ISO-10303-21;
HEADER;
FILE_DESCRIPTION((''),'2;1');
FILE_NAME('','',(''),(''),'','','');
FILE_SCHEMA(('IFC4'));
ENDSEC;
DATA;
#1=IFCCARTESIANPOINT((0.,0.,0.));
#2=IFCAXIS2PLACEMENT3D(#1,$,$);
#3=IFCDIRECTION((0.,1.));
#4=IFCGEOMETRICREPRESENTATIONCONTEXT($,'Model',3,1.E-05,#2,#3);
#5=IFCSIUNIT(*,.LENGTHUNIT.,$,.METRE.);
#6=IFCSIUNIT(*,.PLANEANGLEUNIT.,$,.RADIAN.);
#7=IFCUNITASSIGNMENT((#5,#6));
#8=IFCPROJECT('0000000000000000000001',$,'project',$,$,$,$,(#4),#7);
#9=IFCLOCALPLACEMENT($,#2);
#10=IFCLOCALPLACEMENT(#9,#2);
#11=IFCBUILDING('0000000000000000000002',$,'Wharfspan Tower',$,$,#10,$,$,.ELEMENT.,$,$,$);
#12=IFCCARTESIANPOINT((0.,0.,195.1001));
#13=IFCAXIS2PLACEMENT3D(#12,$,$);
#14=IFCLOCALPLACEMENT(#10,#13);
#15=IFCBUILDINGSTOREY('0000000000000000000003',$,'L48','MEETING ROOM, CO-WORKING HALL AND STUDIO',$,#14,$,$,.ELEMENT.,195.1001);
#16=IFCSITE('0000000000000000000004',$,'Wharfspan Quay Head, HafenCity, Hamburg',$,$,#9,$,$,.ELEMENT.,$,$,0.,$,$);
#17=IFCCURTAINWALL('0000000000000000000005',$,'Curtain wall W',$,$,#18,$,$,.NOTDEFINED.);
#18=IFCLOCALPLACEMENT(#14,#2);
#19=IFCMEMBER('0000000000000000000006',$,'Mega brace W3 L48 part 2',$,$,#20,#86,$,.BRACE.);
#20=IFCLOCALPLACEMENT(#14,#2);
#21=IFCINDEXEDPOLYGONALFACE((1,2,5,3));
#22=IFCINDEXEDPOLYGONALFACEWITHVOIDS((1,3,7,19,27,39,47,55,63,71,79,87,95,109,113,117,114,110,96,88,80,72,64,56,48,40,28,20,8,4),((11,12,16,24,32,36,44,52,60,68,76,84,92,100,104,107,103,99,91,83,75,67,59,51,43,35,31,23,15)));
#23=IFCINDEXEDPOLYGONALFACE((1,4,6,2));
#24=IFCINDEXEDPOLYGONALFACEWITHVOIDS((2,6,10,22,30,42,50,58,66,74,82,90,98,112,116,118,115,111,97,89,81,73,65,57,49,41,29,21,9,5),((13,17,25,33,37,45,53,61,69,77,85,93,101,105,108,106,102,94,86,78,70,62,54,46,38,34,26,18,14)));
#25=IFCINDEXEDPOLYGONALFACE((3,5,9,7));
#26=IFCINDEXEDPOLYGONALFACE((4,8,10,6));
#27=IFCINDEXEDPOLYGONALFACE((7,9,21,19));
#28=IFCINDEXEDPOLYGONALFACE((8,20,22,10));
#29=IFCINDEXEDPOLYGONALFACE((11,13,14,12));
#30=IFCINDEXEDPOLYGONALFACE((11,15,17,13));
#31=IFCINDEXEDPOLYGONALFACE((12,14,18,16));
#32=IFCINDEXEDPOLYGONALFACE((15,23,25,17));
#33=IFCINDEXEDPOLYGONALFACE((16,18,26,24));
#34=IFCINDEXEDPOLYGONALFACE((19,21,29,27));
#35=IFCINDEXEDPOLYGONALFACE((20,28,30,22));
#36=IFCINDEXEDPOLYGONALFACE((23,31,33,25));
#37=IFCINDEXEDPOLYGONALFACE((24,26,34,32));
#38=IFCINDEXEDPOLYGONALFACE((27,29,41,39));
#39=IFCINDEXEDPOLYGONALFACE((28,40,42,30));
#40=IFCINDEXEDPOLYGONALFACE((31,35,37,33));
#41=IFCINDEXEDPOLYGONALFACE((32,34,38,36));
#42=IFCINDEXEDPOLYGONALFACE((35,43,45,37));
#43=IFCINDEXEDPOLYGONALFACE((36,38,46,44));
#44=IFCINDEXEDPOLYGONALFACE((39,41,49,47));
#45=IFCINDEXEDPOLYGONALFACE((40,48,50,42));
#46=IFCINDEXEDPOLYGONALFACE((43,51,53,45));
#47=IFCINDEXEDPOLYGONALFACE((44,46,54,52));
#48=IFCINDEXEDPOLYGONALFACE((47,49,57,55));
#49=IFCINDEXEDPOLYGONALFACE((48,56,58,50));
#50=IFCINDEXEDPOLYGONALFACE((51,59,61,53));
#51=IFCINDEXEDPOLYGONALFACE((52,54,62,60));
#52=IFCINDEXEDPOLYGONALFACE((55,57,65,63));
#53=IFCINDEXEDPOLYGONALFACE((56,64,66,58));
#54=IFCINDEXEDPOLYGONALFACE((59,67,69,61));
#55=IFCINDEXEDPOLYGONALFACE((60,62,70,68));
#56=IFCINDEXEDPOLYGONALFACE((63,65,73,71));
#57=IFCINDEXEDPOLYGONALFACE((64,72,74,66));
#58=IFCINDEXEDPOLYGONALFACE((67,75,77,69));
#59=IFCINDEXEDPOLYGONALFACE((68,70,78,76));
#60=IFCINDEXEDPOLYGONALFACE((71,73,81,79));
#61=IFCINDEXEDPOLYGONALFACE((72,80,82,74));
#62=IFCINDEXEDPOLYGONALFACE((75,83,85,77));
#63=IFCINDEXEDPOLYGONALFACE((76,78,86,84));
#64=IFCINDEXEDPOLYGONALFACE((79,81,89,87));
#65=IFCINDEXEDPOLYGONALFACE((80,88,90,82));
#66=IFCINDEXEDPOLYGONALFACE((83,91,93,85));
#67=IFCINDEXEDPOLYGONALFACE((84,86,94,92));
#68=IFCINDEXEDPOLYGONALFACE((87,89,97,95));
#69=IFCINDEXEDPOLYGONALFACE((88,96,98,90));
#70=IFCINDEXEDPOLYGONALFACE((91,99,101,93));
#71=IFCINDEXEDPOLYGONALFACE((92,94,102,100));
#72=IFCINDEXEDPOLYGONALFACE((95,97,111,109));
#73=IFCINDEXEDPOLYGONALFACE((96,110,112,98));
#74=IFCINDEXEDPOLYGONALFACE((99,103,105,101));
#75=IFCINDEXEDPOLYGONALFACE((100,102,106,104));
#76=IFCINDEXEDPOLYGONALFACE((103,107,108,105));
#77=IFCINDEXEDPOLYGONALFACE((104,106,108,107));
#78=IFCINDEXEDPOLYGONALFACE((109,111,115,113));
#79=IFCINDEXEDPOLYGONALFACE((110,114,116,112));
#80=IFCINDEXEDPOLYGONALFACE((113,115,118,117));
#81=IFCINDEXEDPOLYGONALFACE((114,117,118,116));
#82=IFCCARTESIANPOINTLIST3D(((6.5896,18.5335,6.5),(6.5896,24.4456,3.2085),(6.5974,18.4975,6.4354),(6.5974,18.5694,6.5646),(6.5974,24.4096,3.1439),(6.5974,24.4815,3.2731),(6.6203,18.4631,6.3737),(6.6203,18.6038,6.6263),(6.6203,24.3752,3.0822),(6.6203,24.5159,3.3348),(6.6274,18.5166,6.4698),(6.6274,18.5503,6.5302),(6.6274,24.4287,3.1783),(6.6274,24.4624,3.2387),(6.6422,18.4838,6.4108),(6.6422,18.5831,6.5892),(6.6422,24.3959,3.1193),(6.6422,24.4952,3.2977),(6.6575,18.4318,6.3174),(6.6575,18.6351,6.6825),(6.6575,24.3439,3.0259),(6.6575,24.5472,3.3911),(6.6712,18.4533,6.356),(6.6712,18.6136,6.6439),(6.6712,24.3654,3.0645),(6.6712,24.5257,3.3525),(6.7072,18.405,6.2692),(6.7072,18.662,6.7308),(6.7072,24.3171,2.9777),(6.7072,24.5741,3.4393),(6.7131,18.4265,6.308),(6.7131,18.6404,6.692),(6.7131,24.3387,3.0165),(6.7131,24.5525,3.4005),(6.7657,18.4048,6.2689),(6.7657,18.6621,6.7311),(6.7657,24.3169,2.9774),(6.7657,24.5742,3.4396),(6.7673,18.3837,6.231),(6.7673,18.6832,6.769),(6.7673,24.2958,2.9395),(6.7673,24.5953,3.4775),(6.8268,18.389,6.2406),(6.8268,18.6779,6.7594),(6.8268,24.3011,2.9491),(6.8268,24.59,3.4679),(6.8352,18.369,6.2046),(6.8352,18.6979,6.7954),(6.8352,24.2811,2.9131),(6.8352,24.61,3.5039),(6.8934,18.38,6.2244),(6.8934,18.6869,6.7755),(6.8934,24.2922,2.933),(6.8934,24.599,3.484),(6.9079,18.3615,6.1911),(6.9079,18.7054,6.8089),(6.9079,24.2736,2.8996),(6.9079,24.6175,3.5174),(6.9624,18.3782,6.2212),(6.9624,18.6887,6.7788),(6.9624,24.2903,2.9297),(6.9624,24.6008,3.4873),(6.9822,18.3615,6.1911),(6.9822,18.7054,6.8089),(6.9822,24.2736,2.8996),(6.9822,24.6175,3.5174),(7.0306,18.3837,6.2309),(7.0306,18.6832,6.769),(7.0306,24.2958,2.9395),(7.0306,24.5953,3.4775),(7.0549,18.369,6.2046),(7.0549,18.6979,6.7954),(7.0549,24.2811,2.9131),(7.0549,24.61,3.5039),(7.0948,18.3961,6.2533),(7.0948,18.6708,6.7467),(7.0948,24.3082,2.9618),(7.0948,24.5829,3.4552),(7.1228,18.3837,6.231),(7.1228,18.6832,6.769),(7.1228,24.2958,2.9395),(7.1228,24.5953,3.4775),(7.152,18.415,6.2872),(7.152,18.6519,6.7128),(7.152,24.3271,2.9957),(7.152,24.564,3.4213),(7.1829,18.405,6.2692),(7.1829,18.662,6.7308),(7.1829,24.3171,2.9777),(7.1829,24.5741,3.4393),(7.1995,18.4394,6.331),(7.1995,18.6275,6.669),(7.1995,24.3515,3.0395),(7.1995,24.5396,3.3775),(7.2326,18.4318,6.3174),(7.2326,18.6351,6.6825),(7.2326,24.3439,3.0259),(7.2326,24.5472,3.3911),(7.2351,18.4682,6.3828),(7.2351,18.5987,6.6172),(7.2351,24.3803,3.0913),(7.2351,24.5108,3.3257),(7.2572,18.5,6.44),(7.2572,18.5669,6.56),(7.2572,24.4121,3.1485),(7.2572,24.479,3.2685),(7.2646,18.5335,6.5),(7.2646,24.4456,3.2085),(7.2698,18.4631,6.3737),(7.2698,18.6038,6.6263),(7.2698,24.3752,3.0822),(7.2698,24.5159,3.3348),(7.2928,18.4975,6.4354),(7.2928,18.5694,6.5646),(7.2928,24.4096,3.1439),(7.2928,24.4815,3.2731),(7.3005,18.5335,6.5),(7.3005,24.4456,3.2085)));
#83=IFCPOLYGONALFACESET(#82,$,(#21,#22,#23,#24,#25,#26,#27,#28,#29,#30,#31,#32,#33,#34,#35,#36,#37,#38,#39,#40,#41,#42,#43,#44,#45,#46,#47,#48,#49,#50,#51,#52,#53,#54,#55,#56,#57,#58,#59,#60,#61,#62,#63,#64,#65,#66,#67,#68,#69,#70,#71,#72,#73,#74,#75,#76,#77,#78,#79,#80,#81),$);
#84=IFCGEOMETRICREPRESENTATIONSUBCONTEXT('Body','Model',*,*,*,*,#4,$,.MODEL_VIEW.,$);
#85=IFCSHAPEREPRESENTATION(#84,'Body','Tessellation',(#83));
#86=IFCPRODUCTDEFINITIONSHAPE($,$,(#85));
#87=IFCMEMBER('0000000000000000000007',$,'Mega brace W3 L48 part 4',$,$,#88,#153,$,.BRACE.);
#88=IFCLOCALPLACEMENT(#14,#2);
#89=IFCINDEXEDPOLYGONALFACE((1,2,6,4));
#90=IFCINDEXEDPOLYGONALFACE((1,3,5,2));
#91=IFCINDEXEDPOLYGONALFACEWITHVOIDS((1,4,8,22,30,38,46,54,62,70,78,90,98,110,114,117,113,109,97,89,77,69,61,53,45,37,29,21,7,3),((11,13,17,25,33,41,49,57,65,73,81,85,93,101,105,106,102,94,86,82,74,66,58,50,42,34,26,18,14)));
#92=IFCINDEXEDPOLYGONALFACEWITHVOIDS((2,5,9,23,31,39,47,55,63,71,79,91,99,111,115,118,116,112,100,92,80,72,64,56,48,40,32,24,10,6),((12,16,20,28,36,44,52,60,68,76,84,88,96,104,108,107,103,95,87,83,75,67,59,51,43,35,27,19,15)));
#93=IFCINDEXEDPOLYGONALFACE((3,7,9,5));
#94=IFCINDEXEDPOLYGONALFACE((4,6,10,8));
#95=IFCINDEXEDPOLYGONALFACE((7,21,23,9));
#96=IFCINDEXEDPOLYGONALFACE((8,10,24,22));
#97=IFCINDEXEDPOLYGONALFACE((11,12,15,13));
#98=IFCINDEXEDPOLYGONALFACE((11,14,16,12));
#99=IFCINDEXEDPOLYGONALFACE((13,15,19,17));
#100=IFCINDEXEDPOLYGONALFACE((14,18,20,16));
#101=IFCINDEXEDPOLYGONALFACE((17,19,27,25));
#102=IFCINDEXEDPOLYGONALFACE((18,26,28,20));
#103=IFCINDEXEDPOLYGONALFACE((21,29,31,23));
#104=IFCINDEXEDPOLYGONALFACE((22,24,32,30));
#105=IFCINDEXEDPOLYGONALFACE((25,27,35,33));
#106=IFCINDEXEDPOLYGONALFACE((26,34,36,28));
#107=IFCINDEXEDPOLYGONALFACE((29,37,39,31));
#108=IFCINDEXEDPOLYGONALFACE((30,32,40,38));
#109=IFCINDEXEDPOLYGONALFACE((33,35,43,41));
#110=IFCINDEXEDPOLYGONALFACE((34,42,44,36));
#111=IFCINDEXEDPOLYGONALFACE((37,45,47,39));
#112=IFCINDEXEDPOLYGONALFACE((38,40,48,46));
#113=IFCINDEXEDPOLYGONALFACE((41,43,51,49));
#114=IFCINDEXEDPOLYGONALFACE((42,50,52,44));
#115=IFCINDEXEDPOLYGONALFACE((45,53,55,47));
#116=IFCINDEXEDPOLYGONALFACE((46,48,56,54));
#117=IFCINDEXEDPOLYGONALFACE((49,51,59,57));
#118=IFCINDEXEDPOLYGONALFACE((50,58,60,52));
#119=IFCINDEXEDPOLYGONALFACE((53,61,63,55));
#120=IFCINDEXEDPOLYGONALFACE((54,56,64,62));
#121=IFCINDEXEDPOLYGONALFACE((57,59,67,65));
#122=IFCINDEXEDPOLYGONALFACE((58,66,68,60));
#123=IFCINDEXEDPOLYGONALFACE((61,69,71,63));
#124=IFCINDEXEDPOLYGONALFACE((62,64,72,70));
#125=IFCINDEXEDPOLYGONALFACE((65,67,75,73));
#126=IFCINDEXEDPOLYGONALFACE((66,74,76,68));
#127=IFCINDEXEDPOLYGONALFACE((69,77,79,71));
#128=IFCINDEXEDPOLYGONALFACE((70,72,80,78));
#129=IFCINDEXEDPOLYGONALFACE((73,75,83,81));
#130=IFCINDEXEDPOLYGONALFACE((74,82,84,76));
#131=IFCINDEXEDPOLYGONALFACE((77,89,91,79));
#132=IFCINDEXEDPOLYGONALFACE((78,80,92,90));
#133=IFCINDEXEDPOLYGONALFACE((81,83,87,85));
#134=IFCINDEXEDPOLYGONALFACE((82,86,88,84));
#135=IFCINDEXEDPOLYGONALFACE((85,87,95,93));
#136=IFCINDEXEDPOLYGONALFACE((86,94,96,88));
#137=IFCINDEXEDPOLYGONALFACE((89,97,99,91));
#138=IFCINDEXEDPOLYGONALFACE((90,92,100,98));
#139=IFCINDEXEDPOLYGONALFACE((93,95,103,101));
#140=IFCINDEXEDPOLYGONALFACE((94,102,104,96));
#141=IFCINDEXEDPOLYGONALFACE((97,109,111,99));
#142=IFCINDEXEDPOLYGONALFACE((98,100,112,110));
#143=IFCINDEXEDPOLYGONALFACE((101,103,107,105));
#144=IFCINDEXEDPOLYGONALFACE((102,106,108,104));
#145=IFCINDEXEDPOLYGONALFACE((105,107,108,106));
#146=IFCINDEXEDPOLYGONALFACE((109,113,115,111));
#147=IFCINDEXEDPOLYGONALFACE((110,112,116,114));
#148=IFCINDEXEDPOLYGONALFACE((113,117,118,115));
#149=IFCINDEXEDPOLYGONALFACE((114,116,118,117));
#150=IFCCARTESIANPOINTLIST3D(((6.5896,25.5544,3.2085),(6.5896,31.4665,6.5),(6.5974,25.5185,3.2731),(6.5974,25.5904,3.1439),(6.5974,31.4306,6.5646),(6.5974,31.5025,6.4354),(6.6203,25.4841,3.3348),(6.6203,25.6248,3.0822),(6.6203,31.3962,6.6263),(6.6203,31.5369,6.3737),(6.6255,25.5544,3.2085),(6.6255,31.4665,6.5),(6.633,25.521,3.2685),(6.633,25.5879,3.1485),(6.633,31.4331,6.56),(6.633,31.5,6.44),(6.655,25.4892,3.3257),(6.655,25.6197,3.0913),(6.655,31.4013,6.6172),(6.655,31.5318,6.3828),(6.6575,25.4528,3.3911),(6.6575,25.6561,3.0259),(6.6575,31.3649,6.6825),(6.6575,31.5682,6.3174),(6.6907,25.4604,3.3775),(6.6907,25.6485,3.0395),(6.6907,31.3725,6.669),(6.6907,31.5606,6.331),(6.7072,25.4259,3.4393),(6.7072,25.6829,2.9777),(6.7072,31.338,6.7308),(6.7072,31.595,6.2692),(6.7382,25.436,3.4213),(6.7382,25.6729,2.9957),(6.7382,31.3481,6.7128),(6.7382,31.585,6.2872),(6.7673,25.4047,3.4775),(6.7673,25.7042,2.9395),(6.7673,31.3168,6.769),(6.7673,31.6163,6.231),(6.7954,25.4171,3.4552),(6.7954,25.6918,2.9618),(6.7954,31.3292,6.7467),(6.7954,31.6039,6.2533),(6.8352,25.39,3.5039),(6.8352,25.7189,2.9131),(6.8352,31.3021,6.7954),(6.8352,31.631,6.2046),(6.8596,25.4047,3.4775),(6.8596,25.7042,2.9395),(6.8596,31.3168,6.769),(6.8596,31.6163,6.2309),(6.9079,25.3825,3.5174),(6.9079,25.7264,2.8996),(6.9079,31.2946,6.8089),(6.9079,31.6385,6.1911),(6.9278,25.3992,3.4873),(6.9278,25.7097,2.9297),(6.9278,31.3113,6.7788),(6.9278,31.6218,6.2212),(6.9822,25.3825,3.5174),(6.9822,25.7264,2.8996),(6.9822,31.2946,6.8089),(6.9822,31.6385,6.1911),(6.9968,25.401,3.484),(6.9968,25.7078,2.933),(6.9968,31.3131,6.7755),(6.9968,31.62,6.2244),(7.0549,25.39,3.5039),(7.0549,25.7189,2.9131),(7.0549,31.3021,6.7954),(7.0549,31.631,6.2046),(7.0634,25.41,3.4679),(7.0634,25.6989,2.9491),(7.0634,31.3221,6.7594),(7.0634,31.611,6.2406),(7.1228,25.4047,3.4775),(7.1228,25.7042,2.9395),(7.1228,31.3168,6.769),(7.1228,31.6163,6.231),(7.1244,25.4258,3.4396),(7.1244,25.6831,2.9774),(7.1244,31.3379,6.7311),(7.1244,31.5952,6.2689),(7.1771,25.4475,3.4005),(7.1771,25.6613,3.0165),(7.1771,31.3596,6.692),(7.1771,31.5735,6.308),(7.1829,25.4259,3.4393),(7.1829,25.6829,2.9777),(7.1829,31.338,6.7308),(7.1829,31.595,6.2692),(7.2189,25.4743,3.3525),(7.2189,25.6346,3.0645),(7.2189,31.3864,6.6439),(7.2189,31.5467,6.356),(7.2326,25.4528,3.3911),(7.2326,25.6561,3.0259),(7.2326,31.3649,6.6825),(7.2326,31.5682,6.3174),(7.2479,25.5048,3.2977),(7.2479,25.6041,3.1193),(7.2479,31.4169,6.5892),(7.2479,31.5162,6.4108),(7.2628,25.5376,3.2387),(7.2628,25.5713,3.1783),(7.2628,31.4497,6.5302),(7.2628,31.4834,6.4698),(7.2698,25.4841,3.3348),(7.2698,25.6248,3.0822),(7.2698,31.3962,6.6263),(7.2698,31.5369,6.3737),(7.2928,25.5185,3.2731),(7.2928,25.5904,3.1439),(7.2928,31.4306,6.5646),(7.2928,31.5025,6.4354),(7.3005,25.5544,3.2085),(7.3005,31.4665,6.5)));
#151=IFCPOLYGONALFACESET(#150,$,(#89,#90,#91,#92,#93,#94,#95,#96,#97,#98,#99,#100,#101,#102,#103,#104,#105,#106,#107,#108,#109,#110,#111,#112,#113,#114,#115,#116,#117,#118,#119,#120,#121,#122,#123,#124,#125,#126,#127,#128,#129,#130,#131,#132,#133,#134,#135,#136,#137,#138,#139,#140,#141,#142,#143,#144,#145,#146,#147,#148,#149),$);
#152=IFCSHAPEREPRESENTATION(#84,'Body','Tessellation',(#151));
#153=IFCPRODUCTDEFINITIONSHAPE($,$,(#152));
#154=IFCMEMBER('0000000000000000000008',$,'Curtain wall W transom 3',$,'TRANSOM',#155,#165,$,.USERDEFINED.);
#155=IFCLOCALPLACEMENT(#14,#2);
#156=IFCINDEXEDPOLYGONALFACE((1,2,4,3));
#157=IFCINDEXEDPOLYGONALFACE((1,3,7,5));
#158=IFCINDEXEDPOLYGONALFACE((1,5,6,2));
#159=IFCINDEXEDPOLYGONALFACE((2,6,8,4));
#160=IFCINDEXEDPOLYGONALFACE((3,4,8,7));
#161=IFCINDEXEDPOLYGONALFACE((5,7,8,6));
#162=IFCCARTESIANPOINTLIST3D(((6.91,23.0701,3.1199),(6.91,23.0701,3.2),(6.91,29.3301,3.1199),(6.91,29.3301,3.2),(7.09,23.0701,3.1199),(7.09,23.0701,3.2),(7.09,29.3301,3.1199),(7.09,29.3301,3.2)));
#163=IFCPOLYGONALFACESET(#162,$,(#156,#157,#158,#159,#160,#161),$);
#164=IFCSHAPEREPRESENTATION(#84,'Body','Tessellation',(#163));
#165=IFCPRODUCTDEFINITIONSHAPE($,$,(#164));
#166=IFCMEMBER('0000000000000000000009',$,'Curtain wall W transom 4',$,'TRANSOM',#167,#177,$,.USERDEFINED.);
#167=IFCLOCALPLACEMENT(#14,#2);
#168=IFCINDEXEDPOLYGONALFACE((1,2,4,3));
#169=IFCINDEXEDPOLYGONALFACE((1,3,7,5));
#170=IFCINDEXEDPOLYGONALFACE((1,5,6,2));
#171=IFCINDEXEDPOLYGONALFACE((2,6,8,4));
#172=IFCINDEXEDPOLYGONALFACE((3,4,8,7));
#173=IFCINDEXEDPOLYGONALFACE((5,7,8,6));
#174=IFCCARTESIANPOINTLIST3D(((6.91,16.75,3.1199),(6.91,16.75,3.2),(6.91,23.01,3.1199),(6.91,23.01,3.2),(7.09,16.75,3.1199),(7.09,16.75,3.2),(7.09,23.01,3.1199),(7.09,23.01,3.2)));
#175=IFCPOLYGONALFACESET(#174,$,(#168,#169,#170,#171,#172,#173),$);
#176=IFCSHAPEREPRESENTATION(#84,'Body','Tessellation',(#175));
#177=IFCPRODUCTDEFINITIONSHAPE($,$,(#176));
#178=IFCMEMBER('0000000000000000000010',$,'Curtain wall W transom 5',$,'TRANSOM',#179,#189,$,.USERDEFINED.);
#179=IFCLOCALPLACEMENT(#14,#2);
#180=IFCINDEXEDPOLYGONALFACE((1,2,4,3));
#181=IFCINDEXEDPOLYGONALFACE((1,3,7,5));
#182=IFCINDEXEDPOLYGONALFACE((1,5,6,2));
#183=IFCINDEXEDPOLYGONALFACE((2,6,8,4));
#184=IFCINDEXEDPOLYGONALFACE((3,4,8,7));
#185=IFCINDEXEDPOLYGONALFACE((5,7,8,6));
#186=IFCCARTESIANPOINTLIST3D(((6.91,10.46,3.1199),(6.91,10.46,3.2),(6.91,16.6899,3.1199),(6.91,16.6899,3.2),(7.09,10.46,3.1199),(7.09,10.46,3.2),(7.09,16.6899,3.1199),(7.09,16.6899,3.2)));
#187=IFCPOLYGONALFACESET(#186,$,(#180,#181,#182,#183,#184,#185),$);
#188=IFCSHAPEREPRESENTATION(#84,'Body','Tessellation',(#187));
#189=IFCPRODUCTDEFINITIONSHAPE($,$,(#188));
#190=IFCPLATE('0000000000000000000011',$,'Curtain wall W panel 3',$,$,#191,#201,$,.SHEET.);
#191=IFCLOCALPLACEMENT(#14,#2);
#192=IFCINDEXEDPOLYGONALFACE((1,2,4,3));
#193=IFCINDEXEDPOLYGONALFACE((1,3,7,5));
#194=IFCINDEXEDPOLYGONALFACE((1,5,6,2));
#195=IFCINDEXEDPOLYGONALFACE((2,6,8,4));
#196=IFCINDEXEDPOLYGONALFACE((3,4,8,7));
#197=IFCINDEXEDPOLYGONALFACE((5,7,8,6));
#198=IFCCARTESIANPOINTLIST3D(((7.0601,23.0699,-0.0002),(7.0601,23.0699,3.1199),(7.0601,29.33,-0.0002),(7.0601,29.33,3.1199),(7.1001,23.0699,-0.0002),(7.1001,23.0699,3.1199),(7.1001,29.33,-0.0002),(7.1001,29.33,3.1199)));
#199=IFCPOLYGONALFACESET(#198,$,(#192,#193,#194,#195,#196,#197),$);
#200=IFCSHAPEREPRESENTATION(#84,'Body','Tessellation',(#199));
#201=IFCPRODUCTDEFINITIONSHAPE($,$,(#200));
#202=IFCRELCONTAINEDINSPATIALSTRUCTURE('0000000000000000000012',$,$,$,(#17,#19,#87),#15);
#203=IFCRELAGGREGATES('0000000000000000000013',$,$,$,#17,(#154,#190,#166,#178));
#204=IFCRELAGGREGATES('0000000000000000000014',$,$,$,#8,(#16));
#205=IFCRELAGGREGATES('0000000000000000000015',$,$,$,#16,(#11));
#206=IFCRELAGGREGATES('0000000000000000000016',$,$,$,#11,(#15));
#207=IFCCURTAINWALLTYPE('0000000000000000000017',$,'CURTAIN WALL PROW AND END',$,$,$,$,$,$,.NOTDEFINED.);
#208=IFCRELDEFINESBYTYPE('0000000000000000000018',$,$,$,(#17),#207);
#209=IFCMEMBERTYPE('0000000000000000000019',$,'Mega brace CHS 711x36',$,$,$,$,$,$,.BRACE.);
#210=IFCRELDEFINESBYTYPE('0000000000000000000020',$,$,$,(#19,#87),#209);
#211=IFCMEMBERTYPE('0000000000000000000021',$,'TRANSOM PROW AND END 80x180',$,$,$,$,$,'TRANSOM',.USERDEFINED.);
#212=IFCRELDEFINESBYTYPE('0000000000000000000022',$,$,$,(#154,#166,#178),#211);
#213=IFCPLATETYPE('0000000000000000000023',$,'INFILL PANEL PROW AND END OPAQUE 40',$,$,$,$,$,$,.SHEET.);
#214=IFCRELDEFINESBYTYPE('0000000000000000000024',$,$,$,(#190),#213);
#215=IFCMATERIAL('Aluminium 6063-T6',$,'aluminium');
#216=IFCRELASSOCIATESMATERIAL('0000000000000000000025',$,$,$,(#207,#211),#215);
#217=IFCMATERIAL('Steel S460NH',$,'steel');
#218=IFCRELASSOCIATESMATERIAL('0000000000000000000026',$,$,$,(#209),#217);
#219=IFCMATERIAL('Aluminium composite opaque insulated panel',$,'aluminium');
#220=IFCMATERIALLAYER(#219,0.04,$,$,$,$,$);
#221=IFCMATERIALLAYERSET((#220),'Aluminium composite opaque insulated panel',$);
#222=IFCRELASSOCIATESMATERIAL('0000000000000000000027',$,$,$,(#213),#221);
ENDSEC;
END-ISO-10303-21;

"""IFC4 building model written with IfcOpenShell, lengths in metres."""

from ifc_helpers import new_model, si_unit, direction, frame, origin, origin_2d, place, context, subcontext, project, spatial, rectangle, hollow_circle, extrude, material, layer, layer_set, material_profile, profile_set, type_object, element, aggregate, save


model = new_model("IFC4")

# Units and contexts
model_context = context("Model", 3, precision=1e-05, world=origin(), true_north=direction((0.0, 1.0)))
body_context = subcontext(model_context, "Body", "Model", "MODEL_VIEW")
ifc_project = project(units=[si_unit("LENGTHUNIT", "METRE"), si_unit("PLANEANGLEUNIT", "RADIAN")], contexts=[model_context])

# Site, building, storey
site_placement = place(None, origin())
site = spatial("IfcSite", under=ifc_project, at=site_placement, Name="Wharfspan Quay Head, HafenCity, Hamburg", CompositionType="ELEMENT", RefElevation=0.0)
building_placement = place(site_placement, origin())
building = spatial("IfcBuilding", under=site, at=building_placement, Name="Wharfspan Tower", CompositionType="ELEMENT")
storey_placement = place(building_placement, frame((0.0, 0.0, 195.1001)))
storey = spatial("IfcBuildingStorey", under=building, at=storey_placement, Name="L48", Description="MEETING ROOM, CO-WORKING HALL AND STUDIO", CompositionType="ELEMENT", Elevation=195.1001)

# Curtain wall
ifc_material_1 = material(Name="Aluminium 6063-T6", Category="aluminium")
curtain_wall_type = type_object("IfcCurtainWallType", Name="CURTAIN WALL PROW AND END", PredefinedType="NOTDEFINED", material=ifc_material_1)
curtain_wall_placement = place(storey_placement, origin())
curtain_wall = element("IfcCurtainWall", 1, at=curtain_wall_placement, inside=storey, type_object=curtain_wall_type, Name="Curtain wall W", PredefinedType="NOTDEFINED")

# Members
ifc_material_2 = material(Name="Steel S460NH", Category="steel")
ifc_material_profile_1 = material_profile(ifc_material_2, hollow_circle(Radius=0.3555, WallThickness=0.0359, at=origin_2d()))
ifc_profile_set_1 = profile_set([ifc_material_profile_1], Name="Steel S460NH")
member_type_1 = type_object("IfcMemberType", Name="Mega brace CHS 711x36", PredefinedType="BRACE", material=ifc_profile_set_1)
for number, where, z_axis, x_axis, name in (
    (2, (6.9451, 24.4456, 3.2085), (0.0, -0.873718, 0.486433), (1.0, 0.0, 0.0), "Mega brace W3 L48 part 2"),
    (3, (6.9451, 25.5544, 3.2085), (0.0, 0.873718, 0.486433), (-1.0, 0.0, 0.0), "Mega brace W3 L48 part 4"),
):
    element("IfcMember", number, at=place(storey_placement, frame(where, z_axis=z_axis, x_axis=x_axis)), inside=storey, type_object=member_type_1, Name=name, PredefinedType="BRACE", context=body_context, shape_type="SweptSolid", body=[
        extrude(hollow_circle(Radius=0.3555, WallThickness=0.0359, at=origin_2d()), origin(), (0.0, 0.0, 1.0), 6.7666),
    ])

# Members
ifc_material_profile_2 = material_profile(ifc_material_1, rectangle(XDim=0.1799, YDim=0.0801, at=origin_2d()))
ifc_profile_set_2 = profile_set([ifc_material_profile_2], Name="Aluminium 6063-T6")
member_type_2 = type_object("IfcMemberType", Name="TRANSOM PROW AND END 80x180", ElementType="TRANSOM", PredefinedType="USERDEFINED", material=ifc_profile_set_2)
member_1_placement = place(storey_placement, frame((7.0, 29.3301, 3.1599), z_axis=(0.0, -1.0, 0.0), x_axis=(1.0, 0.0, 0.0)))
member_1 = element("IfcMember", 4, at=member_1_placement, type_object=member_type_2, Name="Curtain wall W transom 3", ObjectType="TRANSOM", PredefinedType="USERDEFINED", context=body_context, shape_type="SweptSolid", body=[
    extrude(rectangle(XDim=0.1799, YDim=0.0801, at=origin_2d()), origin(), (0.0, 0.0, 1.0), 6.26),
])
member_2_placement = place(storey_placement, frame((7.0, 23.01, 3.1599), z_axis=(0.0, -1.0, 0.0), x_axis=(1.0, 0.0, 0.0)))
member_2 = element("IfcMember", 5, at=member_2_placement, type_object=member_type_2, Name="Curtain wall W transom 4", ObjectType="TRANSOM", PredefinedType="USERDEFINED", context=body_context, shape_type="SweptSolid", body=[
    extrude(rectangle(XDim=0.1799, YDim=0.0801, at=origin_2d()), origin(), (0.0, 0.0, 1.0), 6.26),
])
member_3_placement = place(storey_placement, frame((7.0, 16.6899, 3.1599), z_axis=(0.0, -1.0, 0.0), x_axis=(1.0, 0.0, 0.0)))
member_3 = element("IfcMember", 6, at=member_3_placement, type_object=member_type_2, Name="Curtain wall W transom 5", ObjectType="TRANSOM", PredefinedType="USERDEFINED", context=body_context, shape_type="SweptSolid", body=[
    extrude(rectangle(XDim=0.1799, YDim=0.0801, at=origin_2d()), origin(), (0.0, 0.0, 1.0), 6.23),
])

# Plate
ifc_material_3 = material(Name="Aluminium composite opaque insulated panel", Category="aluminium")
ifc_layer_1 = layer(ifc_material_3, 0.04)
ifc_layer_set_1 = layer_set([ifc_layer_1], Name="Aluminium composite opaque insulated panel")
plate_type = type_object("IfcPlateType", Name="INFILL PANEL PROW AND END OPAQUE 40", PredefinedType="SHEET", material=ifc_layer_set_1)
plate_1_placement = place(storey_placement, frame((7.0801, 26.2, -0.0002), z_axis=(0.0, 0.0, 1.0), x_axis=(0.0, -1.0, 0.0)))
plate_1 = element("IfcPlate", 7, at=plate_1_placement, type_object=plate_type, Name="Curtain wall W panel 3", PredefinedType="SHEET", context=body_context, shape_type="SweptSolid", body=[
    extrude(rectangle(XDim=6.26, YDim=0.04, at=origin_2d()), origin(), (0.0, 0.0, 1.0), 3.1201),
])
aggregate(curtain_wall, [member_1, plate_1, member_2, member_3])

save(model, "model.ifc")
